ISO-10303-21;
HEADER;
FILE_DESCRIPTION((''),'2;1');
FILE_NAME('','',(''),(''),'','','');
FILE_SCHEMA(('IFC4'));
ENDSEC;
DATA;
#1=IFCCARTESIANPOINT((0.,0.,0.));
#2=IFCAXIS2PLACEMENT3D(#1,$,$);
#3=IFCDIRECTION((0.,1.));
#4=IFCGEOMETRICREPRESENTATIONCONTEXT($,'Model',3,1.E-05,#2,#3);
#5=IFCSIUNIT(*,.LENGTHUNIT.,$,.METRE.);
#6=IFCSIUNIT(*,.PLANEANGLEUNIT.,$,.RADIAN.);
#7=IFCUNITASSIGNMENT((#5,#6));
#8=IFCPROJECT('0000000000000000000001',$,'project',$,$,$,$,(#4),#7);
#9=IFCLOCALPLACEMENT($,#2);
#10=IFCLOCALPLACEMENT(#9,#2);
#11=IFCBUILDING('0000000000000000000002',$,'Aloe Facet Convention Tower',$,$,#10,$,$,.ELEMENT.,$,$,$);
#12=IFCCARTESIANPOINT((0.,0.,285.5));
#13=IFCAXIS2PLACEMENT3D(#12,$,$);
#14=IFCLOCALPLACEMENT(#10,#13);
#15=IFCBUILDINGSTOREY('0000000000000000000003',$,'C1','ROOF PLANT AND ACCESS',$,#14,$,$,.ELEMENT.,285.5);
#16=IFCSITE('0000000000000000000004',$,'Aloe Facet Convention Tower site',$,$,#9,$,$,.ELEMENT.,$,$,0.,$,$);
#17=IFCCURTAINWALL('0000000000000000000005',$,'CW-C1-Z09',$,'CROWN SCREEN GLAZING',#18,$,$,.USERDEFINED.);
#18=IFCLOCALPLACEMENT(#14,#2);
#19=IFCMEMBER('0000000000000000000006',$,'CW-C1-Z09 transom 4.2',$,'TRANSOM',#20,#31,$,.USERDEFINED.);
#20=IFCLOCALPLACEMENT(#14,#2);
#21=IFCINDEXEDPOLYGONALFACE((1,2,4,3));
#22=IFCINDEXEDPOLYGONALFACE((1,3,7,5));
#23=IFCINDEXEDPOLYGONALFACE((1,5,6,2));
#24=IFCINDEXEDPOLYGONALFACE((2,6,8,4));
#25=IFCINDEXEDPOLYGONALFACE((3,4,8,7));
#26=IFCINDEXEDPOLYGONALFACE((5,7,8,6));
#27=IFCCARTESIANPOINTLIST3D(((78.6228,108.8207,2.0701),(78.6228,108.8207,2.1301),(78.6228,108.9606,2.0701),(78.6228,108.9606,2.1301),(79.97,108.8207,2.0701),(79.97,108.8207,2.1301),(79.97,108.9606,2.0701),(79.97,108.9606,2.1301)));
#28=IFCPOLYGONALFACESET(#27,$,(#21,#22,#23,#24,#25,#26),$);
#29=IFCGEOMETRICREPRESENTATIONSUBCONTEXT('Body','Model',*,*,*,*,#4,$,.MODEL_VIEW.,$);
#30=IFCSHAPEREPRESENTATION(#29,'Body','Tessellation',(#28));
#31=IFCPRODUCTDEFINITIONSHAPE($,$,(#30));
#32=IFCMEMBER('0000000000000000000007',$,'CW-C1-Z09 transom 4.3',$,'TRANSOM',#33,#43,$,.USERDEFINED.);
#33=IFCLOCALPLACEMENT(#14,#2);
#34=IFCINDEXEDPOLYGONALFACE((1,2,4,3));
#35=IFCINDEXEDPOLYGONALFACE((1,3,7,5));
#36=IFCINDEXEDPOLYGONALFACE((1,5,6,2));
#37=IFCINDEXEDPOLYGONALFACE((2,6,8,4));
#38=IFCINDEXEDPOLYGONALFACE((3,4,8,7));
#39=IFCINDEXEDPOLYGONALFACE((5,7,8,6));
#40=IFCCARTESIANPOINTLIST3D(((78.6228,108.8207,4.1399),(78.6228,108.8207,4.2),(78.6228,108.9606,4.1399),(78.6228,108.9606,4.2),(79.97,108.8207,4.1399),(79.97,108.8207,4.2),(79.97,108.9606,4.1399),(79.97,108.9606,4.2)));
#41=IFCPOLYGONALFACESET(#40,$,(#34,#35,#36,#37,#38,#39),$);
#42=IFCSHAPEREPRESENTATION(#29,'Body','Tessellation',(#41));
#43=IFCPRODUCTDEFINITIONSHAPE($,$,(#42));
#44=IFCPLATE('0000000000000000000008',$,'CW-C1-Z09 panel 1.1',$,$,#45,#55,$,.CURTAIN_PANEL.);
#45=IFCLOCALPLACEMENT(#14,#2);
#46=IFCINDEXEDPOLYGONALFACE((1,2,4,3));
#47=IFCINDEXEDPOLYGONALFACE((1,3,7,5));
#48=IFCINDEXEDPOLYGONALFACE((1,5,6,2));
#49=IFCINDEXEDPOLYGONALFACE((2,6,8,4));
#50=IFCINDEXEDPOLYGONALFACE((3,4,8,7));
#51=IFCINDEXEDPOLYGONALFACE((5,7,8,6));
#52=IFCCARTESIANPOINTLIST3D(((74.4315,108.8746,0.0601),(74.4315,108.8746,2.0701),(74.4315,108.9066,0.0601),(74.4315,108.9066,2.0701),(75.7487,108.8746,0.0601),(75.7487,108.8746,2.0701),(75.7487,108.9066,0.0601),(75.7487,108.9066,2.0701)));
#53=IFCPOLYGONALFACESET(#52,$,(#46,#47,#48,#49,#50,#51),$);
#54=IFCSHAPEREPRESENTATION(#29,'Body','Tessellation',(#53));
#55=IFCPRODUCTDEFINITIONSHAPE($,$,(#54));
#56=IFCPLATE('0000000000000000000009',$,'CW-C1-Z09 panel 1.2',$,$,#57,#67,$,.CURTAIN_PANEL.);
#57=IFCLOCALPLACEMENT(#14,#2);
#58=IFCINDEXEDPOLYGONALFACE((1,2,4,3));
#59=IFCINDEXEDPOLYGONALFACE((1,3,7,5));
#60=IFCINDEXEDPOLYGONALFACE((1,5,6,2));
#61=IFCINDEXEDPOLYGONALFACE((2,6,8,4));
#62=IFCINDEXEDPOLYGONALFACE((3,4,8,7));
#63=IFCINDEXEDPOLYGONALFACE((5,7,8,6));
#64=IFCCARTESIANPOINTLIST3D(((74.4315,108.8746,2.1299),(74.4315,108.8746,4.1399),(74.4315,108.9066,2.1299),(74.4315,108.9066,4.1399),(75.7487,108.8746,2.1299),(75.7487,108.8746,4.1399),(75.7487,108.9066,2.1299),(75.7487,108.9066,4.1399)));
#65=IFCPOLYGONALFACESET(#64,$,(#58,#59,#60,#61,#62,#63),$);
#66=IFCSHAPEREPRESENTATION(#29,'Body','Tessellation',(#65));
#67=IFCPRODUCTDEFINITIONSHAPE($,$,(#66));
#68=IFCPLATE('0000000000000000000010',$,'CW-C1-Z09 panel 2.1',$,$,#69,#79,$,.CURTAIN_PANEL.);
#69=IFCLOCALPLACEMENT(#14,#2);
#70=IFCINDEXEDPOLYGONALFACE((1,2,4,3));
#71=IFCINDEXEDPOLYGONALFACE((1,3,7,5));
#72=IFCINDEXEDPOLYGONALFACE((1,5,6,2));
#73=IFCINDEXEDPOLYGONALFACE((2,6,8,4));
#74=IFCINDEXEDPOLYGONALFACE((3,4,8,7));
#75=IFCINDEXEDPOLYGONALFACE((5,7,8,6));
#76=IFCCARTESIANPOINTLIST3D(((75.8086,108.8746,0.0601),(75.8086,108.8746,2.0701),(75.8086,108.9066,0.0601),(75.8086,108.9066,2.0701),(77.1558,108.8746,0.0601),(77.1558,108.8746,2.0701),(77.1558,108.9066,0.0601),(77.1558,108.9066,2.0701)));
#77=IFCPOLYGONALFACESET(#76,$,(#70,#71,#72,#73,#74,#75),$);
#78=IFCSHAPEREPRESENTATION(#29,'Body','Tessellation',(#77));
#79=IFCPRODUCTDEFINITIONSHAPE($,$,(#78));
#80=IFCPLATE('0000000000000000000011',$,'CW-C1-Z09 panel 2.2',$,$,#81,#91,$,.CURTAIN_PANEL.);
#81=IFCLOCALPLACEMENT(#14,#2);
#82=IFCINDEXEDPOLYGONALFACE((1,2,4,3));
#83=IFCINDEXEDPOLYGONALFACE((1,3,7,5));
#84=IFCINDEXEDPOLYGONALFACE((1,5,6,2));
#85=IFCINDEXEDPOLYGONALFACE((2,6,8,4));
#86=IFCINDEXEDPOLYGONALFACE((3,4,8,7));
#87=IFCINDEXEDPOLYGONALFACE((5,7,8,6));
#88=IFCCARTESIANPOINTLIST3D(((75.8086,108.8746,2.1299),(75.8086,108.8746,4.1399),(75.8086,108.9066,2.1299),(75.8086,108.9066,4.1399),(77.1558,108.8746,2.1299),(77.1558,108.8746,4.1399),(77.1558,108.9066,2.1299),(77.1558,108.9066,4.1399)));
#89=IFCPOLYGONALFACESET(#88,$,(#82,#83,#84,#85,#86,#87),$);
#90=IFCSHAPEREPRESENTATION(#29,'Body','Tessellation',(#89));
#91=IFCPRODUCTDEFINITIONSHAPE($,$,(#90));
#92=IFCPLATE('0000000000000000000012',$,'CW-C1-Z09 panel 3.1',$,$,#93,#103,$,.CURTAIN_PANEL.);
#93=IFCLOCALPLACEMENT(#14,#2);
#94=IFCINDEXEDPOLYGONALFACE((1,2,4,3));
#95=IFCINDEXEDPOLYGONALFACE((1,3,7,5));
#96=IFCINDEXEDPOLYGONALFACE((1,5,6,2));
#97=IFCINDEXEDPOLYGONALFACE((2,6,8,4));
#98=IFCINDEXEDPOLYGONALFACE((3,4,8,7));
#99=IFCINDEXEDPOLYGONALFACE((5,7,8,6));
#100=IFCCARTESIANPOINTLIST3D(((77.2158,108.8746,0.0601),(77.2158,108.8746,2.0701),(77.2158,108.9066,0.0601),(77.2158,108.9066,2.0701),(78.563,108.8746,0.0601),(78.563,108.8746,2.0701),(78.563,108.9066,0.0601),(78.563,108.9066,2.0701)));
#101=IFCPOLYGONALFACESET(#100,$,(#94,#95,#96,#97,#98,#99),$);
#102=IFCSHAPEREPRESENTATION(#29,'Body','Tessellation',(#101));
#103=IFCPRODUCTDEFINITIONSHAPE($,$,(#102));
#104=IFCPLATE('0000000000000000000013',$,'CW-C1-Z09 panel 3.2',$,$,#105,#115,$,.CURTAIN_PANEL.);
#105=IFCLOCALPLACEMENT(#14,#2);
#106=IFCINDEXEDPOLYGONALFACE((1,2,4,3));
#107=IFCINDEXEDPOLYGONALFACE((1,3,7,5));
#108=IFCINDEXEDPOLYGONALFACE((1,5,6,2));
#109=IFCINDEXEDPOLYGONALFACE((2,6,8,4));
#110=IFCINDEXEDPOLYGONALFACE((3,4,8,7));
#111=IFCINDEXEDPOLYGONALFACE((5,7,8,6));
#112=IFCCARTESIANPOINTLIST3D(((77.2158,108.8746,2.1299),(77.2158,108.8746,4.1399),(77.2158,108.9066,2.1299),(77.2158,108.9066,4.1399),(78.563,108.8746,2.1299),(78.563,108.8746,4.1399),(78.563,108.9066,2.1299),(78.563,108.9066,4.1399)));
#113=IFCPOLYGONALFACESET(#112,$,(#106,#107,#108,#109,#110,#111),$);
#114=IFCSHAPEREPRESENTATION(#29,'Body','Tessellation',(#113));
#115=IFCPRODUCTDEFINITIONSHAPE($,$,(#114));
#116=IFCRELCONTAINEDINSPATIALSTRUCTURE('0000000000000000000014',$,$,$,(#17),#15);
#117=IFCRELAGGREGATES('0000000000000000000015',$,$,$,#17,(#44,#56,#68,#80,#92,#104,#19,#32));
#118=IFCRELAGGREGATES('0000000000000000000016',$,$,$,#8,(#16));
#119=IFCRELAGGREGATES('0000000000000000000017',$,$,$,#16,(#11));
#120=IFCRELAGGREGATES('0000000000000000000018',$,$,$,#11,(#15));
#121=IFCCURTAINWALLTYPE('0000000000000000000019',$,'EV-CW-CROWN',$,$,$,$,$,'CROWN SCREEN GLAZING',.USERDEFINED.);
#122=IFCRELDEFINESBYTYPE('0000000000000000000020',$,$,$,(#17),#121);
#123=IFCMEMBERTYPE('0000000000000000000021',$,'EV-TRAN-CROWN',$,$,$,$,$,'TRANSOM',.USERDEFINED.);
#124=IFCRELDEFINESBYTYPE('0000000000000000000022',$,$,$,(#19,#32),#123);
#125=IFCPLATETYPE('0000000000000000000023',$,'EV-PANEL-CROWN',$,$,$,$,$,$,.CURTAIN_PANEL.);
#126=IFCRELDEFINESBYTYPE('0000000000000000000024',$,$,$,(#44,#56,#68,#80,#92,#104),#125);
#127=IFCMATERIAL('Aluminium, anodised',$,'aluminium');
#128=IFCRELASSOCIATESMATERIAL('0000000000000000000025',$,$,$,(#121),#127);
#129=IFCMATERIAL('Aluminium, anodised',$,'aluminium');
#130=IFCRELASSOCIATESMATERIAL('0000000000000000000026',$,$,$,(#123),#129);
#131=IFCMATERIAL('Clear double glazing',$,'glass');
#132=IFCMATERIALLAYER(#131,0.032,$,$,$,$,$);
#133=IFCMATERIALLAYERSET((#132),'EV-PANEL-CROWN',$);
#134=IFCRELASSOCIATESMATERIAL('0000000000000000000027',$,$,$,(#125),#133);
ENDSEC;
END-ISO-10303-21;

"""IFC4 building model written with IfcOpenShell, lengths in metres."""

from ifc_helpers import new_model, si_unit, direction, frame, origin, origin_2d, place, context, subcontext, project, spatial, rectangle, extrude, material, layer, layer_set, material_profile, profile_set, type_object, element, aggregate, save


model = new_model("IFC4")

# Units and contexts
model_context = context("Model", 3, precision=1e-05, world=origin(), true_north=direction((0.0, 1.0)))
body_context = subcontext(model_context, "Body", "Model", "MODEL_VIEW")
ifc_project = project(units=[si_unit("LENGTHUNIT", "METRE"), si_unit("PLANEANGLEUNIT", "RADIAN")], contexts=[model_context])

# Site, building, storey
site_placement = place(None, origin())
site = spatial("IfcSite", under=ifc_project, at=site_placement, Name="Aloe Facet Convention Tower site", CompositionType="ELEMENT", RefElevation=0.0)
building_placement = place(site_placement, origin())
building = spatial("IfcBuilding", under=site, at=building_placement, Name="Aloe Facet Convention Tower", CompositionType="ELEMENT")
storey_placement = place(building_placement, frame((0.0, 0.0, 285.5)))
storey = spatial("IfcBuildingStorey", under=building, at=storey_placement, Name="C1", Description="ROOF PLANT AND ACCESS", CompositionType="ELEMENT", Elevation=285.5)

# Curtain wall, members, plates
ifc_material_1 = material(Name="Aluminium, anodised", Category="aluminium")
curtain_wall_type = type_object("IfcCurtainWallType", Name="EV-CW-CROWN", ElementType="CROWN SCREEN GLAZING", PredefinedType="USERDEFINED", material=ifc_material_1)
curtain_wall_placement = place(storey_placement, origin())
curtain_wall = element("IfcCurtainWall", 1, at=curtain_wall_placement, inside=storey, type_object=curtain_wall_type, Name="CW-C1-Z09", ObjectType="CROWN SCREEN GLAZING", PredefinedType="USERDEFINED")
ifc_material_2 = material(Name="Aluminium, anodised", Category="aluminium")
ifc_material_profile_1 = material_profile(ifc_material_2, rectangle(XDim=0.1399, YDim=0.0601, at=origin_2d()), Name="AL 140x60")
ifc_profile_set_1 = profile_set([ifc_material_profile_1], Name="Aluminium, anodised")
member_type_1 = type_object("IfcMemberType", Name="EV-TRAN-CROWN", ElementType="TRANSOM", PredefinedType="USERDEFINED", material=ifc_profile_set_1)
member_1_placement = place(storey_placement, frame((78.6228, 108.8906, 2.1001), z_axis=(1.0, 0.0, 0.0), x_axis=(0.0, 1.0, 0.0)))
member_1 = element("IfcMember", 2, at=member_1_placement, type_object=member_type_1, Name="CW-C1-Z09 transom 4.2", ObjectType="TRANSOM", PredefinedType="USERDEFINED", context=body_context, shape_type="SweptSolid", body=[
    extrude(rectangle(XDim=0.1399, YDim=0.0601, at=origin_2d()), origin(), (0.0, 0.0, 1.0), 1.3472),
])
member_2_placement = place(storey_placement, frame((78.6228, 108.8906, 4.1699), z_axis=(1.0, 0.0, 0.0), x_axis=(0.0, 1.0, 0.0)))
member_2 = element("IfcMember", 3, at=member_2_placement, type_object=member_type_1, Name="CW-C1-Z09 transom 4.3", ObjectType="TRANSOM", PredefinedType="USERDEFINED", context=body_context, shape_type="SweptSolid", body=[
    extrude(rectangle(XDim=0.1399, YDim=0.0601, at=origin_2d()), origin(), (0.0, 0.0, 1.0), 1.3472),
])
ifc_material_3 = material(Name="Clear double glazing", Category="glass")
ifc_layer = layer(ifc_material_3, 0.032)
ifc_layer_set = layer_set([ifc_layer], Name="EV-PANEL-CROWN")
plate_type = type_object("IfcPlateType", Name="EV-PANEL-CROWN", PredefinedType="CURTAIN_PANEL", material=ifc_layer_set)
plate_1_placement = place(storey_placement, frame((75.0901, 108.8906, 0.0601), z_axis=(0.0, 0.0, 1.0), x_axis=(1.0, 0.0, 0.0)))
plate_1 = element("IfcPlate", 4, at=plate_1_placement, type_object=plate_type, Name="CW-C1-Z09 panel 1.1", PredefinedType="CURTAIN_PANEL", context=body_context, shape_type="SweptSolid", body=[
    extrude(rectangle(XDim=1.3171, YDim=0.032, at=origin_2d()), origin(), (0.0, 0.0, 1.0), 2.01),
])
plate_2_placement = place(storey_placement, frame((75.0901, 108.8906, 2.1299), z_axis=(0.0, 0.0, 1.0), x_axis=(1.0, 0.0, 0.0)))
plate_2 = element("IfcPlate", 5, at=plate_2_placement, type_object=plate_type, Name="CW-C1-Z09 panel 1.2", PredefinedType="CURTAIN_PANEL", context=body_context, shape_type="SweptSolid", body=[
    extrude(rectangle(XDim=1.3171, YDim=0.032, at=origin_2d()), origin(), (0.0, 0.0, 1.0), 2.01),
])
plate_3_placement = place(storey_placement, frame((76.4822, 108.8906, 0.0601), z_axis=(0.0, 0.0, 1.0), x_axis=(1.0, 0.0, 0.0)))
plate_3 = element("IfcPlate", 6, at=plate_3_placement, type_object=plate_type, Name="CW-C1-Z09 panel 2.1", PredefinedType="CURTAIN_PANEL", context=body_context, shape_type="SweptSolid", body=[
    extrude(rectangle(XDim=1.3472, YDim=0.032, at=origin_2d()), origin(), (0.0, 0.0, 1.0), 2.01),
])
plate_4_placement = place(storey_placement, frame((76.4822, 108.8906, 2.1299), z_axis=(0.0, 0.0, 1.0), x_axis=(1.0, 0.0, 0.0)))
plate_4 = element("IfcPlate", 7, at=plate_4_placement, type_object=plate_type, Name="CW-C1-Z09 panel 2.2", PredefinedType="CURTAIN_PANEL", context=body_context, shape_type="SweptSolid", body=[
    extrude(rectangle(XDim=1.3472, YDim=0.032, at=origin_2d()), origin(), (0.0, 0.0, 1.0), 2.01),
])
plate_5_placement = place(storey_placement, frame((77.8894, 108.8906, 0.0601), z_axis=(0.0, 0.0, 1.0), x_axis=(1.0, 0.0, 0.0)))
plate_5 = element("IfcPlate", 8, at=plate_5_placement, type_object=plate_type, Name="CW-C1-Z09 panel 3.1", PredefinedType="CURTAIN_PANEL", context=body_context, shape_type="SweptSolid", body=[
    extrude(rectangle(XDim=1.3472, YDim=0.032, at=origin_2d()), origin(), (0.0, 0.0, 1.0), 2.01),
])
plate_6_placement = place(storey_placement, frame((77.8894, 108.8906, 2.1299), z_axis=(0.0, 0.0, 1.0), x_axis=(1.0, 0.0, 0.0)))
plate_6 = element("IfcPlate", 9, at=plate_6_placement, type_object=plate_type, Name="CW-C1-Z09 panel 3.2", PredefinedType="CURTAIN_PANEL", context=body_context, shape_type="SweptSolid", body=[
    extrude(rectangle(XDim=1.3472, YDim=0.032, at=origin_2d()), origin(), (0.0, 0.0, 1.0), 2.01),
])
aggregate(curtain_wall, [plate_1, plate_2, plate_3, plate_4, plate_5, plate_6, member_1, member_2])

save(model, "model.ifc")
